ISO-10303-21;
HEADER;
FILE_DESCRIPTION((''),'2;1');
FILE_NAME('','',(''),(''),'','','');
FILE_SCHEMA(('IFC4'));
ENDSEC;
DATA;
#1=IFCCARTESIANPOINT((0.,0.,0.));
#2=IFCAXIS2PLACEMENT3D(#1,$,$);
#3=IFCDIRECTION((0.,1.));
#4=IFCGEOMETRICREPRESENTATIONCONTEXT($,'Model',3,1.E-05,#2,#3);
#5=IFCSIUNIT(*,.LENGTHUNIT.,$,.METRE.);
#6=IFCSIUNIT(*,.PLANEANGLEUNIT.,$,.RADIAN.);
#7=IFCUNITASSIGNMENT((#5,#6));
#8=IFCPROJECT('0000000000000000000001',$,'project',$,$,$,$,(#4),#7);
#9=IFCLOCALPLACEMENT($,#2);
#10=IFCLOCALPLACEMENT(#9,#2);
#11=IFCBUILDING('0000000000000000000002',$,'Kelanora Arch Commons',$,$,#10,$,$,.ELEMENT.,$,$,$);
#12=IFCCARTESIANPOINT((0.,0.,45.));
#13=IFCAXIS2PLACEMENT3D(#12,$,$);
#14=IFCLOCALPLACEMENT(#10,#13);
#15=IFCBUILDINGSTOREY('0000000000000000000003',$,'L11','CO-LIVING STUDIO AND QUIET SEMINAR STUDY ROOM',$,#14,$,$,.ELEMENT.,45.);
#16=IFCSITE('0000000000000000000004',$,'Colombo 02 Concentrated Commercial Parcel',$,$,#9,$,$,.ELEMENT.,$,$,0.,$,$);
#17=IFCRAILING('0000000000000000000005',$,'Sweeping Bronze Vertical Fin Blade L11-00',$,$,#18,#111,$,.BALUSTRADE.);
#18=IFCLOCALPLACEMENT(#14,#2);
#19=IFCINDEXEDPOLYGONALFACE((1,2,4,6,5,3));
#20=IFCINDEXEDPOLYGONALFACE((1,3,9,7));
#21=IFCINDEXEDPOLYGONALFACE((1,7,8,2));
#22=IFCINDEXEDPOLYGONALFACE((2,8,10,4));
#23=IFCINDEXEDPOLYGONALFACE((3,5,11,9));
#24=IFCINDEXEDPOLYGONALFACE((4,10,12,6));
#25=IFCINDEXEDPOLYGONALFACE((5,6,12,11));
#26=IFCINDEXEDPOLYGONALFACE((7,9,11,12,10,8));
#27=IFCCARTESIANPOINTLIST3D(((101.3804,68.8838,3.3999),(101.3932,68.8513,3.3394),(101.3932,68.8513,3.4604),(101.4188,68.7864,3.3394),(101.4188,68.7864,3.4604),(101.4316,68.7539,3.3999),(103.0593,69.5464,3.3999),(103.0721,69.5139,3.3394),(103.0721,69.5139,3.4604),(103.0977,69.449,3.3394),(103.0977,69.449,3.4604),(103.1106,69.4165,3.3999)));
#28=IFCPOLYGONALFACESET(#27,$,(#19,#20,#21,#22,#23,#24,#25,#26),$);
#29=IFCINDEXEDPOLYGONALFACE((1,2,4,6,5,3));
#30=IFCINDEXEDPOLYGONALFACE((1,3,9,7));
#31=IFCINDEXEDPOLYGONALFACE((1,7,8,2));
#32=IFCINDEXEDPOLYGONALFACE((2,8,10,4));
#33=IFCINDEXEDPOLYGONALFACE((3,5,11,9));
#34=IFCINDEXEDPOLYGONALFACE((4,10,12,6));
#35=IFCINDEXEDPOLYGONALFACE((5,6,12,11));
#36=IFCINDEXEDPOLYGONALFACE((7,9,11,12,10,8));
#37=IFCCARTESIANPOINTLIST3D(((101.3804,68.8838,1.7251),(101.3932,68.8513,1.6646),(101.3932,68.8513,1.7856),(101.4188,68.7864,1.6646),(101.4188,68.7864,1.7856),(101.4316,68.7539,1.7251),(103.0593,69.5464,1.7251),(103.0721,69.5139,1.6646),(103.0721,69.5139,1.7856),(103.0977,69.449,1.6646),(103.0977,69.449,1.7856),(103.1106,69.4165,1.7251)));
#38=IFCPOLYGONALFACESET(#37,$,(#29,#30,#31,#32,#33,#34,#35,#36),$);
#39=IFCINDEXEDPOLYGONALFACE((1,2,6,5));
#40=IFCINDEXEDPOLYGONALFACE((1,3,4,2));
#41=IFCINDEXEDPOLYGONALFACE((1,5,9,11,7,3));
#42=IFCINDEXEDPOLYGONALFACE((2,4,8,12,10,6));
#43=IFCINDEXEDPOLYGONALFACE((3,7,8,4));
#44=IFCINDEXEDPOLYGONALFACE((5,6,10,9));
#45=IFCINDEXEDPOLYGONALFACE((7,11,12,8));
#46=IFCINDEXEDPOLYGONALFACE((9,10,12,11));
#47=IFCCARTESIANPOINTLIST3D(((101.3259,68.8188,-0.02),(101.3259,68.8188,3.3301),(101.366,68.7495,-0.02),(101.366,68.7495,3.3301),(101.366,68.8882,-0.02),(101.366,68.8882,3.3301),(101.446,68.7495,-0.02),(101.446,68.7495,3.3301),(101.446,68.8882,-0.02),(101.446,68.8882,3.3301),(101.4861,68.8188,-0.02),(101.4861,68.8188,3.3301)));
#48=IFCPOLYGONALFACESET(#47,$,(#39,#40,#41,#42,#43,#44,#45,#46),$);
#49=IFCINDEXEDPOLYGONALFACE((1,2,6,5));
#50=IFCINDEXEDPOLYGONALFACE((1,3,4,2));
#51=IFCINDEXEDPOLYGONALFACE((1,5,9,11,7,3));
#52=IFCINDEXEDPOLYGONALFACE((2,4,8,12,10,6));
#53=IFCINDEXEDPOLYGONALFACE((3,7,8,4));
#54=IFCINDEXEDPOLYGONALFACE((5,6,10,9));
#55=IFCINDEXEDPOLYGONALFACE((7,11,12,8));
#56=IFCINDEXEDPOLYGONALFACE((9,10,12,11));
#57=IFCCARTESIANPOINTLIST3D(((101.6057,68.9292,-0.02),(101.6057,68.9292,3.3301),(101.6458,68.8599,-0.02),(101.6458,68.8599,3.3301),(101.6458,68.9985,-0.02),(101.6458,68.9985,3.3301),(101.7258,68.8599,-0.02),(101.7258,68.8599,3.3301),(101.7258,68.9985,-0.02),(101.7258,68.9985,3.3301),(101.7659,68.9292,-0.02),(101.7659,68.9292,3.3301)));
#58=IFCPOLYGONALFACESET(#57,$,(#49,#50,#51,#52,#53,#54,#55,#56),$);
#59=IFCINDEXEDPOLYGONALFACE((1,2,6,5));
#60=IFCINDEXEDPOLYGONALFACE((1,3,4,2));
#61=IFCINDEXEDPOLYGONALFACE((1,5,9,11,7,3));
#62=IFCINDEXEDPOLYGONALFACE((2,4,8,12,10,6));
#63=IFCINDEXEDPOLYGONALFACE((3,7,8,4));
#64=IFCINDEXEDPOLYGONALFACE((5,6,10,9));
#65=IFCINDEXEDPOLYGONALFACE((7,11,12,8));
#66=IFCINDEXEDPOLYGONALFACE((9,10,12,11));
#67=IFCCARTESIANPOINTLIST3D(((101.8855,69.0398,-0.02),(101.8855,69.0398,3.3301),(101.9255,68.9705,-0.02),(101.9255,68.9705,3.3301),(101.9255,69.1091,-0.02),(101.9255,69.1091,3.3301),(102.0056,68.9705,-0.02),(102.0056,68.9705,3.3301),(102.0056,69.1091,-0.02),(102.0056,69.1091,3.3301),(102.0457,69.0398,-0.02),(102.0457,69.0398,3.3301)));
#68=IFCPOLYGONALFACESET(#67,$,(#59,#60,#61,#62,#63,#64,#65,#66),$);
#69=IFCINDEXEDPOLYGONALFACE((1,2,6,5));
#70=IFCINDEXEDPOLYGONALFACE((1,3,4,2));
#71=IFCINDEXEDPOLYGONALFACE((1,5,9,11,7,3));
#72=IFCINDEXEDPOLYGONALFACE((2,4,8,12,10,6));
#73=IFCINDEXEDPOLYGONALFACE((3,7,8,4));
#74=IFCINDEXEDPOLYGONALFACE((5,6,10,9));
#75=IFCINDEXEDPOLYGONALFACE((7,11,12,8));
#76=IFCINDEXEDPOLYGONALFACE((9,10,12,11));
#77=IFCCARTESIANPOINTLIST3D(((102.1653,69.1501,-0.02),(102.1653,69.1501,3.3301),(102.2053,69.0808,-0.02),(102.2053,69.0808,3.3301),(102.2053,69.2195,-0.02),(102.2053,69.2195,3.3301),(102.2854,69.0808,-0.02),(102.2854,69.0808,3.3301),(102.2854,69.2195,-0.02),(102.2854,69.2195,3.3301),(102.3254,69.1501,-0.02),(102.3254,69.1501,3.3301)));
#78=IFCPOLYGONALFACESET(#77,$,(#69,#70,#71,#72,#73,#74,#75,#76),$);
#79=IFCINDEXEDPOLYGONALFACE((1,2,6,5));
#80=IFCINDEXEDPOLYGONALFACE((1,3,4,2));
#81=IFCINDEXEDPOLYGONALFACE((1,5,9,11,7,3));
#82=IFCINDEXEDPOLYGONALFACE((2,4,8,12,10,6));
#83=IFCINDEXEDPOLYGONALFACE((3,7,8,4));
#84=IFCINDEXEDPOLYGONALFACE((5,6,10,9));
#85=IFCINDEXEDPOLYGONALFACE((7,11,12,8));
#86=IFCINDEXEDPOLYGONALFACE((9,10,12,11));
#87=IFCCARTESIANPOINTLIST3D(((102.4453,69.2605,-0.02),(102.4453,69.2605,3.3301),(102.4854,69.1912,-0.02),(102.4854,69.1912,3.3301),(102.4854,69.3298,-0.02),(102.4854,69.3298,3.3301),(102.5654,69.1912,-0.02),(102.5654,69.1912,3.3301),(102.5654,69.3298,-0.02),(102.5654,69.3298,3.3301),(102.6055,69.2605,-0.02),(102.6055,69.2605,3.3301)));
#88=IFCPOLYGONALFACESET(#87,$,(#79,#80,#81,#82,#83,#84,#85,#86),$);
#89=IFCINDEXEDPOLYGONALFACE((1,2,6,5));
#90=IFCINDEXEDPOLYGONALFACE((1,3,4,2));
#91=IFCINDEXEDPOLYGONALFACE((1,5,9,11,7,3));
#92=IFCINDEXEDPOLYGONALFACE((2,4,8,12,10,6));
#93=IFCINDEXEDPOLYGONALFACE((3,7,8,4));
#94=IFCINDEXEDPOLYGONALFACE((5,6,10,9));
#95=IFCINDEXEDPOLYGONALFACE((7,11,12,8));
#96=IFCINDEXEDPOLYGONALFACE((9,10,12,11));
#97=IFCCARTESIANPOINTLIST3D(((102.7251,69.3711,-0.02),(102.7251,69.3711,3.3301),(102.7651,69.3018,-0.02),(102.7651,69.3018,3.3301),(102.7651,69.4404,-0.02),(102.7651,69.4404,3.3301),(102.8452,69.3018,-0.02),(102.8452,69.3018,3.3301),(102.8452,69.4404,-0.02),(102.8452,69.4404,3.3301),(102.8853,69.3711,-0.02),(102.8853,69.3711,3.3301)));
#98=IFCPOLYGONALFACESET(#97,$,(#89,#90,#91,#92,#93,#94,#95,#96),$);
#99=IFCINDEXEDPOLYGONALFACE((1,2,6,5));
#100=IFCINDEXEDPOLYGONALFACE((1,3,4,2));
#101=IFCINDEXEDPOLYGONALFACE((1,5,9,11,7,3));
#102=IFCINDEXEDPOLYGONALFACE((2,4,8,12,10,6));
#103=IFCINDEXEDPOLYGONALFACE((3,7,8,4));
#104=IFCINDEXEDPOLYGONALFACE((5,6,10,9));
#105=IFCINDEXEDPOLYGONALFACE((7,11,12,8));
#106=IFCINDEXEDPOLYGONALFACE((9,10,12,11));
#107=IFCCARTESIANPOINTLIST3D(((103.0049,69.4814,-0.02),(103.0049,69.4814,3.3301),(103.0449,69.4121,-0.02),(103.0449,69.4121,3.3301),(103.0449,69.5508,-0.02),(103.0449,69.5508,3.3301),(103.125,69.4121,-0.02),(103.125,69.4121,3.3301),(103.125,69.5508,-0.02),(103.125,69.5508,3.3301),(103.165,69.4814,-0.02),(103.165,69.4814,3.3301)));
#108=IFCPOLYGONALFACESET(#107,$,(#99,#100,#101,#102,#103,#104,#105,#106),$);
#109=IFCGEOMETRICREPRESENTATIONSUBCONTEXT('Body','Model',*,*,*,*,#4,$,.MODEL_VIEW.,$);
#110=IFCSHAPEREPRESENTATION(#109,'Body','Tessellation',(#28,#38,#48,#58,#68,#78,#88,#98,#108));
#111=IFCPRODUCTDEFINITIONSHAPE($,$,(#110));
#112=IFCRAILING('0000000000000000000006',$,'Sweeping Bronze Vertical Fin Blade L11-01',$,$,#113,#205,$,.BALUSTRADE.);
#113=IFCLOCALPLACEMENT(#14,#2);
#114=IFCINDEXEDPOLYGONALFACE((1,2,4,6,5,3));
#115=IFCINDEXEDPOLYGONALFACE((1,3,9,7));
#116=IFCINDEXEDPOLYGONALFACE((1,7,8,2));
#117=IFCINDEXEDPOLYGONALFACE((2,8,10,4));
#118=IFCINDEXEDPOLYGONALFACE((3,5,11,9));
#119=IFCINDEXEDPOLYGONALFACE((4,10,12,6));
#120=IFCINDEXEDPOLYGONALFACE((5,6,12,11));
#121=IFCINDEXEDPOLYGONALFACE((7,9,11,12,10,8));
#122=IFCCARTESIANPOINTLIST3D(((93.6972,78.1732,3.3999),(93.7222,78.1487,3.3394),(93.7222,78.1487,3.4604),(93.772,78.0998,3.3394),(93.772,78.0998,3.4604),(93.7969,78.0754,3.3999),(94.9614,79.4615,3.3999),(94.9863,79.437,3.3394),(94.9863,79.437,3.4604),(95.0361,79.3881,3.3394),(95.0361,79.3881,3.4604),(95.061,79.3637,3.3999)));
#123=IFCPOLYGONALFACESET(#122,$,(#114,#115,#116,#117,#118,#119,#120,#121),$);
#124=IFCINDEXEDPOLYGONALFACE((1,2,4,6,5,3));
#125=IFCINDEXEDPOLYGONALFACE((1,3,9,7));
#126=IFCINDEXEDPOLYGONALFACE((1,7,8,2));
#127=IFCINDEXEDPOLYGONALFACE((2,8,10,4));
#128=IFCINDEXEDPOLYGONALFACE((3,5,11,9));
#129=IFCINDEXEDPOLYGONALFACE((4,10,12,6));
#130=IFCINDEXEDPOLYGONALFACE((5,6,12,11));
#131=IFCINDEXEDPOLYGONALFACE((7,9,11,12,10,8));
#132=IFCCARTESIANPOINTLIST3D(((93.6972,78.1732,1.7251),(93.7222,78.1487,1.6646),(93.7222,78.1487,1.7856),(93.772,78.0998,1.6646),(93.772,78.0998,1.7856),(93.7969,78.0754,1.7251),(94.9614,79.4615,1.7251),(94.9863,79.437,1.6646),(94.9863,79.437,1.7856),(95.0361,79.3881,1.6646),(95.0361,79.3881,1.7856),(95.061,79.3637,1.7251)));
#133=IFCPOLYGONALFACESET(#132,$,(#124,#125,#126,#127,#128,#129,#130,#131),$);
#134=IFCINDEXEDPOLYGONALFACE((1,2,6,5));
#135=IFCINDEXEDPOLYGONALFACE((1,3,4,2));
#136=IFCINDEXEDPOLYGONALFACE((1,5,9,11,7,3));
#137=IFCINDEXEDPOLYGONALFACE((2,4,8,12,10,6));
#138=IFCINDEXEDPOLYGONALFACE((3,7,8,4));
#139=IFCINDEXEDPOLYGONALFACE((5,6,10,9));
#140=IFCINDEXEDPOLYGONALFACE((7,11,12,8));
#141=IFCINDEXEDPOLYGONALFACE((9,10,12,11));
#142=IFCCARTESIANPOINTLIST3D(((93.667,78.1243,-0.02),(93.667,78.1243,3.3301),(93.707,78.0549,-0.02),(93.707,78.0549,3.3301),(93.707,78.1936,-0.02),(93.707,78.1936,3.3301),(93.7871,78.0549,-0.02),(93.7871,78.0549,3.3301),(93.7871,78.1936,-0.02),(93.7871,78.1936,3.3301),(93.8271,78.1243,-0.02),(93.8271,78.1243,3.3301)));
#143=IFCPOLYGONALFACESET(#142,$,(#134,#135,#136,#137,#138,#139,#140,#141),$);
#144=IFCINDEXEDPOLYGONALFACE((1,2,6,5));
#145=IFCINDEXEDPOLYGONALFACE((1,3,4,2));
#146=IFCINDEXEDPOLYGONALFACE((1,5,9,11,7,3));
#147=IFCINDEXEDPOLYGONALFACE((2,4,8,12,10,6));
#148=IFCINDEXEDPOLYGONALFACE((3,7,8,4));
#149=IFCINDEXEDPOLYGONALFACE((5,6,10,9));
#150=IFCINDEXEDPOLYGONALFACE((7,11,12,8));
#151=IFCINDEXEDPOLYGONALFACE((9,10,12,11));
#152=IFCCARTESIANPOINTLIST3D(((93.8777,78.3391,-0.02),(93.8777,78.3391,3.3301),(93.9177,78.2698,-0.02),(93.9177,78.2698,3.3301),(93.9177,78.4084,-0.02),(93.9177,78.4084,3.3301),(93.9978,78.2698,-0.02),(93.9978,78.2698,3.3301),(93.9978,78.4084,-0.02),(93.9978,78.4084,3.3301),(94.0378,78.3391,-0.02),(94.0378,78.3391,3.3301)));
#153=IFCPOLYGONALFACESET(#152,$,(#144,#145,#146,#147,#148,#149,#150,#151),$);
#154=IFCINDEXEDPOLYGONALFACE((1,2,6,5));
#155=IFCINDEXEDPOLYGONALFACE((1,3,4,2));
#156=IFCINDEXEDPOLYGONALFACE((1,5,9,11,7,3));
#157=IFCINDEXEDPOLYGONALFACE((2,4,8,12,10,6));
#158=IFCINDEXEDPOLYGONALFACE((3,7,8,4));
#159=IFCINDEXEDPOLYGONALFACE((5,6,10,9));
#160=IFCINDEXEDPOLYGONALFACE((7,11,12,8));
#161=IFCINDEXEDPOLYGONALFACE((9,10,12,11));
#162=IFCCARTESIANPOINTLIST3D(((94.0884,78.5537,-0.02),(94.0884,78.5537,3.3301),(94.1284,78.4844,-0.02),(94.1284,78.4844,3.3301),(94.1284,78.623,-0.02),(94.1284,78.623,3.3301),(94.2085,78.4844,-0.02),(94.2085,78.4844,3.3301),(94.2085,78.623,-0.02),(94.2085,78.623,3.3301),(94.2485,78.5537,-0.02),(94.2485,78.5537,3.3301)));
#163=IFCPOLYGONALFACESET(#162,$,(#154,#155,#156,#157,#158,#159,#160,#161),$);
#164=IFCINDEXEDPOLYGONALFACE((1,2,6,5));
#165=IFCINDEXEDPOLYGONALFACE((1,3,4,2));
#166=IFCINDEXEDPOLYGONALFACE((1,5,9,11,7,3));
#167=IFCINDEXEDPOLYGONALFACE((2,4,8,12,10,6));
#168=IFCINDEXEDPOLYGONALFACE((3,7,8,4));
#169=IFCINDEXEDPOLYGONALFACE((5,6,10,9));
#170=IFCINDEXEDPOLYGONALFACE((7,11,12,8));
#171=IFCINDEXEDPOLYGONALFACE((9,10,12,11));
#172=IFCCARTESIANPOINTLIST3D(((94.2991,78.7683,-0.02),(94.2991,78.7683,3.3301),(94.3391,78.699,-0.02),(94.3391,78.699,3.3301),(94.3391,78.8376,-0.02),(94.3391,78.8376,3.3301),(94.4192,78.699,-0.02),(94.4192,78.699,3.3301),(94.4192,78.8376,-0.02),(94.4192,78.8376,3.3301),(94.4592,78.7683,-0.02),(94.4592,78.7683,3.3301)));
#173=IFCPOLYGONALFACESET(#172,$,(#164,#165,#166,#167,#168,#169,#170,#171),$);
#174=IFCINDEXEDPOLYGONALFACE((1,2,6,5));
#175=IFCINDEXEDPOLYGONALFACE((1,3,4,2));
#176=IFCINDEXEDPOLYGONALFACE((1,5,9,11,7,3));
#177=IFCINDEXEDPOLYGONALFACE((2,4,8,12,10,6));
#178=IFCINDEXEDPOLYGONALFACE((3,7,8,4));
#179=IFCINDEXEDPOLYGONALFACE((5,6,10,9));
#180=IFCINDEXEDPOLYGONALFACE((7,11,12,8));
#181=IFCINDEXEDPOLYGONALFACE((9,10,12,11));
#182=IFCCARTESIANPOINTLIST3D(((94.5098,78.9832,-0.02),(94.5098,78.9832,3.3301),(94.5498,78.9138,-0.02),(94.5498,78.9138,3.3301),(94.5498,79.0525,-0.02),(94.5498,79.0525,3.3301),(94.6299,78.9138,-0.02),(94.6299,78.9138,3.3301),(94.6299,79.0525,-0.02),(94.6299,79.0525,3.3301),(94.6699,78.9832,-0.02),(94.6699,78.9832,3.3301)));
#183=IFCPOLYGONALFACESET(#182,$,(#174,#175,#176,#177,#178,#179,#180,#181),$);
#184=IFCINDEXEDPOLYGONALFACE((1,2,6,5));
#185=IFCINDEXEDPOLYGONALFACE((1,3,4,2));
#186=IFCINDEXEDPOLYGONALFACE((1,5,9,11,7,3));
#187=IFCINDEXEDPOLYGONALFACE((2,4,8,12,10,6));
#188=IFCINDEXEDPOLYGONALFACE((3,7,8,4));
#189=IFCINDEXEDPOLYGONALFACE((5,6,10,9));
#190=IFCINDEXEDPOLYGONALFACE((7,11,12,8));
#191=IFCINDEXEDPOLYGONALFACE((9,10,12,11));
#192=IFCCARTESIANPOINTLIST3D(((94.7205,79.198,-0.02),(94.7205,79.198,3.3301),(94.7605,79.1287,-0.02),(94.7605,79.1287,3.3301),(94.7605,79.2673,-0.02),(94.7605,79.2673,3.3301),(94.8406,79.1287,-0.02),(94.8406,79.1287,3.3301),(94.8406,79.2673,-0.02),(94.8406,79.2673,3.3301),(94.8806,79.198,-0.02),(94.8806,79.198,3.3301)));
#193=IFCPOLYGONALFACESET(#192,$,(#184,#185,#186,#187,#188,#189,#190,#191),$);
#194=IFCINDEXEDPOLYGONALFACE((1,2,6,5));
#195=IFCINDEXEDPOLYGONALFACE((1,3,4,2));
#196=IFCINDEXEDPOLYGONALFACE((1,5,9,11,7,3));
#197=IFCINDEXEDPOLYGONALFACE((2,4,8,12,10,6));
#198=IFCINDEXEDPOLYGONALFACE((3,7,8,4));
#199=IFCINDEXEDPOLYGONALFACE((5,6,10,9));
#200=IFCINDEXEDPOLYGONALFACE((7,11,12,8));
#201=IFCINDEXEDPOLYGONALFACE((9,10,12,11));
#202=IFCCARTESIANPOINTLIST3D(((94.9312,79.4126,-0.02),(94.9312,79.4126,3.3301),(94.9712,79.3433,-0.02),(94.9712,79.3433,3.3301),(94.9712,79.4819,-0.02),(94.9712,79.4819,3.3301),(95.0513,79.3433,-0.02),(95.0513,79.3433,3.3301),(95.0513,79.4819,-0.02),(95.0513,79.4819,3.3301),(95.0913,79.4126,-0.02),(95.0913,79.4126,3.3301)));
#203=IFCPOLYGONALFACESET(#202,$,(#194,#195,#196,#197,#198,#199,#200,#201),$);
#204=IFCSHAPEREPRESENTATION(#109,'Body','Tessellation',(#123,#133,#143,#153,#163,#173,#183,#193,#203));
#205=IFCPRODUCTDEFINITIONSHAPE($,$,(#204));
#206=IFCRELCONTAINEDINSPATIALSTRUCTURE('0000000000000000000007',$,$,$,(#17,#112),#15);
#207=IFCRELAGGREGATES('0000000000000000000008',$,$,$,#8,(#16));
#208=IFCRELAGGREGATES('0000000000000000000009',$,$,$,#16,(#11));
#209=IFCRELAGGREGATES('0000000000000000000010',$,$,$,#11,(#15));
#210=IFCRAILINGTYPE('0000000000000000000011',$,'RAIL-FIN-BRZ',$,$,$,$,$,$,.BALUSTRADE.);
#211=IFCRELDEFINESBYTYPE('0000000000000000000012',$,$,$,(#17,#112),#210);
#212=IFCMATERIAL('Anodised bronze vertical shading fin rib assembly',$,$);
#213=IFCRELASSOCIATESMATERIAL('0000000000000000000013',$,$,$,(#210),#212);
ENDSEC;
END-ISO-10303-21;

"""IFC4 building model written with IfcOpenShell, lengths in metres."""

from ifc_helpers import new_model, si_unit, direction, frame, origin, place, context, subcontext, project, spatial, polyline, outline, extrude, material, type_object, element, save


model = new_model("IFC4")

# Units and contexts
model_context = context("Model", 3, precision=1e-05, world=origin(), true_north=direction((0.0, 1.0)))
body_context = subcontext(model_context, "Body", "Model", "MODEL_VIEW")
ifc_project = project(units=[si_unit("LENGTHUNIT", "METRE"), si_unit("PLANEANGLEUNIT", "RADIAN")], contexts=[model_context])

# Site, building, storey
site_placement = place(None, origin())
site = spatial("IfcSite", under=ifc_project, at=site_placement, Name="Colombo 02 Concentrated Commercial Parcel", CompositionType="ELEMENT", RefElevation=0.0)
building_placement = place(site_placement, origin())
building = spatial("IfcBuilding", under=site, at=building_placement, Name="Kelanora Arch Commons", CompositionType="ELEMENT")
storey_placement = place(building_placement, frame((0.0, 0.0, 45.0)))
storey = spatial("IfcBuildingStorey", under=building, at=storey_placement, Name="L11", Description="CO-LIVING STUDIO AND QUIET SEMINAR STUDY ROOM", CompositionType="ELEMENT", Elevation=45.0)

# Railings
ifc_material_1 = material(Name="Anodised bronze vertical shading fin rib assembly")
railing_type = type_object("IfcRailingType", Name="RAIL-FIN-BRZ", PredefinedType="BALUSTRADE", material=ifc_material_1)
railing_1_placement = place(storey_placement, frame((101.406, 68.8188, -0.02)))
element("IfcRailing", 1, at=railing_1_placement, inside=storey, type_object=railing_type, Name="Sweeping Bronze Vertical Fin Blade L11-00", PredefinedType="BALUSTRADE", context=body_context, shape_type="SweptSolid", body=[
    extrude(outline(polyline([(0.0698, 0.0), (0.0349, 0.0605), (-0.0349, 0.0605), (-0.0698, 0.0), (-0.0349, -0.0605), (0.0349, -0.0605), (0.0698, 0.0)])), frame((0.0, 0.0, 3.4199), z_axis=(0.930183, 0.367096, 0.0), x_axis=(-0.367096, 0.930183, 0.0)), (0.0, 0.0, 1.0), 1.8049),
    extrude(outline(polyline([(0.0698, 0.0), (0.0349, 0.0605), (-0.0349, 0.0605), (-0.0698, 0.0), (-0.0349, -0.0605), (0.0349, -0.0605), (0.0698, 0.0)])), frame((0.0, 0.0, 1.7451), z_axis=(0.930183, 0.367096, 0.0), x_axis=(-0.367096, 0.930183, 0.0)), (0.0, 0.0, 1.0), 1.8049),
    extrude(outline(polyline([(0.0801, 0.0), (0.04, 0.0693), (-0.04, 0.0693), (-0.0801, 0.0), (-0.04, -0.0693), (0.04, -0.0693), (0.0801, 0.0)])), origin(), (0.0, 0.0, 1.0), 3.3501),
    extrude(outline(polyline([(0.0801, 0.0), (0.04, 0.0693), (-0.04, 0.0693), (-0.0801, 0.0), (-0.04, -0.0693), (0.04, -0.0693), (0.0801, 0.0)])), frame((0.2798, 0.1104, 0.0)), (0.0, 0.0, 1.0), 3.3501),
    extrude(outline(polyline([(0.0801, 0.0), (0.04, 0.0693), (-0.04, 0.0693), (-0.0801, 0.0), (-0.04, -0.0693), (0.04, -0.0693), (0.0801, 0.0)])), frame((0.5596, 0.2209, 0.0)), (0.0, 0.0, 1.0), 3.3501),
    extrude(outline(polyline([(0.0801, 0.0), (0.04, 0.0693), (-0.04, 0.0693), (-0.0801, 0.0), (-0.04, -0.0693), (0.04, -0.0693), (0.0801, 0.0)])), frame((0.8394, 0.3313, 0.0)), (0.0, 0.0, 1.0), 3.3501),
    extrude(outline(polyline([(0.0801, 0.0), (0.04, 0.0693), (-0.04, 0.0693), (-0.0801, 0.0), (-0.04, -0.0693), (0.04, -0.0693), (0.0801, 0.0)])), frame((1.1194, 0.4417, 0.0)), (0.0, 0.0, 1.0), 3.3501),
    extrude(outline(polyline([(0.0801, 0.0), (0.04, 0.0693), (-0.04, 0.0693), (-0.0801, 0.0), (-0.04, -0.0693), (0.04, -0.0693), (0.0801, 0.0)])), frame((1.3992, 0.5522, 0.0)), (0.0, 0.0, 1.0), 3.3501),
    extrude(outline(polyline([(0.0801, 0.0), (0.04, 0.0693), (-0.04, 0.0693), (-0.0801, 0.0), (-0.04, -0.0693), (0.04, -0.0693), (0.0801, 0.0)])), frame((1.679, 0.6626, 0.0)), (0.0, 0.0, 1.0), 3.3501),
])
railing_2_placement = place(storey_placement, frame((93.7471, 78.1243, -0.02)))
element("IfcRailing", 2, at=railing_2_placement, inside=storey, type_object=railing_type, Name="Sweeping Bronze Vertical Fin Blade L11-01", PredefinedType="BALUSTRADE", context=body_context, shape_type="SweptSolid", body=[
    extrude(outline(polyline([(0.0698, 0.0), (0.0349, 0.0605), (-0.0349, 0.0605), (-0.0698, 0.0), (-0.0349, -0.0605), (0.0349, -0.0605), (0.0698, 0.0)])), frame((0.0, 0.0, 3.4199), z_axis=(0.70038, 0.71377, 0.0), x_axis=(-0.71377, 0.70038, 0.0)), (0.0, 0.0, 1.0), 1.8049),
    extrude(outline(polyline([(0.0698, 0.0), (0.0349, 0.0605), (-0.0349, 0.0605), (-0.0698, 0.0), (-0.0349, -0.0605), (0.0349, -0.0605), (0.0698, 0.0)])), frame((0.0, 0.0, 1.7451), z_axis=(0.70038, 0.71377, 0.0), x_axis=(-0.71377, 0.70038, 0.0)), (0.0, 0.0, 1.0), 1.8049),
    extrude(outline(polyline([(0.0801, 0.0), (0.04, 0.0693), (-0.04, 0.0693), (-0.0801, 0.0), (-0.04, -0.0693), (0.04, -0.0693), (0.0801, 0.0)])), origin(), (0.0, 0.0, 1.0), 3.3501),
    extrude(outline(polyline([(0.0801, 0.0), (0.04, 0.0693), (-0.04, 0.0693), (-0.0801, 0.0), (-0.04, -0.0693), (0.04, -0.0693), (0.0801, 0.0)])), frame((0.2107, 0.2148, 0.0)), (0.0, 0.0, 1.0), 3.3501),
    extrude(outline(polyline([(0.0801, 0.0), (0.04, 0.0693), (-0.04, 0.0693), (-0.0801, 0.0), (-0.04, -0.0693), (0.04, -0.0693), (0.0801, 0.0)])), frame((0.4214, 0.4294, 0.0)), (0.0, 0.0, 1.0), 3.3501),
    extrude(outline(polyline([(0.0801, 0.0), (0.04, 0.0693), (-0.04, 0.0693), (-0.0801, 0.0), (-0.04, -0.0693), (0.04, -0.0693), (0.0801, 0.0)])), frame((0.6321, 0.644, 0.0)), (0.0, 0.0, 1.0), 3.3501),
    extrude(outline(polyline([(0.0801, 0.0), (0.04, 0.0693), (-0.04, 0.0693), (-0.0801, 0.0), (-0.04, -0.0693), (0.04, -0.0693), (0.0801, 0.0)])), frame((0.8428, 0.8589, 0.0)), (0.0, 0.0, 1.0), 3.3501),
    extrude(outline(polyline([(0.0801, 0.0), (0.04, 0.0693), (-0.04, 0.0693), (-0.0801, 0.0), (-0.04, -0.0693), (0.04, -0.0693), (0.0801, 0.0)])), frame((1.0535, 1.0737, 0.0)), (0.0, 0.0, 1.0), 3.3501),
    extrude(outline(polyline([(0.0801, 0.0), (0.04, 0.0693), (-0.04, 0.0693), (-0.0801, 0.0), (-0.04, -0.0693), (0.04, -0.0693), (0.0801, 0.0)])), frame((1.2642, 1.2883, 0.0)), (0.0, 0.0, 1.0), 3.3501),
])

save(model, "model.ifc")
